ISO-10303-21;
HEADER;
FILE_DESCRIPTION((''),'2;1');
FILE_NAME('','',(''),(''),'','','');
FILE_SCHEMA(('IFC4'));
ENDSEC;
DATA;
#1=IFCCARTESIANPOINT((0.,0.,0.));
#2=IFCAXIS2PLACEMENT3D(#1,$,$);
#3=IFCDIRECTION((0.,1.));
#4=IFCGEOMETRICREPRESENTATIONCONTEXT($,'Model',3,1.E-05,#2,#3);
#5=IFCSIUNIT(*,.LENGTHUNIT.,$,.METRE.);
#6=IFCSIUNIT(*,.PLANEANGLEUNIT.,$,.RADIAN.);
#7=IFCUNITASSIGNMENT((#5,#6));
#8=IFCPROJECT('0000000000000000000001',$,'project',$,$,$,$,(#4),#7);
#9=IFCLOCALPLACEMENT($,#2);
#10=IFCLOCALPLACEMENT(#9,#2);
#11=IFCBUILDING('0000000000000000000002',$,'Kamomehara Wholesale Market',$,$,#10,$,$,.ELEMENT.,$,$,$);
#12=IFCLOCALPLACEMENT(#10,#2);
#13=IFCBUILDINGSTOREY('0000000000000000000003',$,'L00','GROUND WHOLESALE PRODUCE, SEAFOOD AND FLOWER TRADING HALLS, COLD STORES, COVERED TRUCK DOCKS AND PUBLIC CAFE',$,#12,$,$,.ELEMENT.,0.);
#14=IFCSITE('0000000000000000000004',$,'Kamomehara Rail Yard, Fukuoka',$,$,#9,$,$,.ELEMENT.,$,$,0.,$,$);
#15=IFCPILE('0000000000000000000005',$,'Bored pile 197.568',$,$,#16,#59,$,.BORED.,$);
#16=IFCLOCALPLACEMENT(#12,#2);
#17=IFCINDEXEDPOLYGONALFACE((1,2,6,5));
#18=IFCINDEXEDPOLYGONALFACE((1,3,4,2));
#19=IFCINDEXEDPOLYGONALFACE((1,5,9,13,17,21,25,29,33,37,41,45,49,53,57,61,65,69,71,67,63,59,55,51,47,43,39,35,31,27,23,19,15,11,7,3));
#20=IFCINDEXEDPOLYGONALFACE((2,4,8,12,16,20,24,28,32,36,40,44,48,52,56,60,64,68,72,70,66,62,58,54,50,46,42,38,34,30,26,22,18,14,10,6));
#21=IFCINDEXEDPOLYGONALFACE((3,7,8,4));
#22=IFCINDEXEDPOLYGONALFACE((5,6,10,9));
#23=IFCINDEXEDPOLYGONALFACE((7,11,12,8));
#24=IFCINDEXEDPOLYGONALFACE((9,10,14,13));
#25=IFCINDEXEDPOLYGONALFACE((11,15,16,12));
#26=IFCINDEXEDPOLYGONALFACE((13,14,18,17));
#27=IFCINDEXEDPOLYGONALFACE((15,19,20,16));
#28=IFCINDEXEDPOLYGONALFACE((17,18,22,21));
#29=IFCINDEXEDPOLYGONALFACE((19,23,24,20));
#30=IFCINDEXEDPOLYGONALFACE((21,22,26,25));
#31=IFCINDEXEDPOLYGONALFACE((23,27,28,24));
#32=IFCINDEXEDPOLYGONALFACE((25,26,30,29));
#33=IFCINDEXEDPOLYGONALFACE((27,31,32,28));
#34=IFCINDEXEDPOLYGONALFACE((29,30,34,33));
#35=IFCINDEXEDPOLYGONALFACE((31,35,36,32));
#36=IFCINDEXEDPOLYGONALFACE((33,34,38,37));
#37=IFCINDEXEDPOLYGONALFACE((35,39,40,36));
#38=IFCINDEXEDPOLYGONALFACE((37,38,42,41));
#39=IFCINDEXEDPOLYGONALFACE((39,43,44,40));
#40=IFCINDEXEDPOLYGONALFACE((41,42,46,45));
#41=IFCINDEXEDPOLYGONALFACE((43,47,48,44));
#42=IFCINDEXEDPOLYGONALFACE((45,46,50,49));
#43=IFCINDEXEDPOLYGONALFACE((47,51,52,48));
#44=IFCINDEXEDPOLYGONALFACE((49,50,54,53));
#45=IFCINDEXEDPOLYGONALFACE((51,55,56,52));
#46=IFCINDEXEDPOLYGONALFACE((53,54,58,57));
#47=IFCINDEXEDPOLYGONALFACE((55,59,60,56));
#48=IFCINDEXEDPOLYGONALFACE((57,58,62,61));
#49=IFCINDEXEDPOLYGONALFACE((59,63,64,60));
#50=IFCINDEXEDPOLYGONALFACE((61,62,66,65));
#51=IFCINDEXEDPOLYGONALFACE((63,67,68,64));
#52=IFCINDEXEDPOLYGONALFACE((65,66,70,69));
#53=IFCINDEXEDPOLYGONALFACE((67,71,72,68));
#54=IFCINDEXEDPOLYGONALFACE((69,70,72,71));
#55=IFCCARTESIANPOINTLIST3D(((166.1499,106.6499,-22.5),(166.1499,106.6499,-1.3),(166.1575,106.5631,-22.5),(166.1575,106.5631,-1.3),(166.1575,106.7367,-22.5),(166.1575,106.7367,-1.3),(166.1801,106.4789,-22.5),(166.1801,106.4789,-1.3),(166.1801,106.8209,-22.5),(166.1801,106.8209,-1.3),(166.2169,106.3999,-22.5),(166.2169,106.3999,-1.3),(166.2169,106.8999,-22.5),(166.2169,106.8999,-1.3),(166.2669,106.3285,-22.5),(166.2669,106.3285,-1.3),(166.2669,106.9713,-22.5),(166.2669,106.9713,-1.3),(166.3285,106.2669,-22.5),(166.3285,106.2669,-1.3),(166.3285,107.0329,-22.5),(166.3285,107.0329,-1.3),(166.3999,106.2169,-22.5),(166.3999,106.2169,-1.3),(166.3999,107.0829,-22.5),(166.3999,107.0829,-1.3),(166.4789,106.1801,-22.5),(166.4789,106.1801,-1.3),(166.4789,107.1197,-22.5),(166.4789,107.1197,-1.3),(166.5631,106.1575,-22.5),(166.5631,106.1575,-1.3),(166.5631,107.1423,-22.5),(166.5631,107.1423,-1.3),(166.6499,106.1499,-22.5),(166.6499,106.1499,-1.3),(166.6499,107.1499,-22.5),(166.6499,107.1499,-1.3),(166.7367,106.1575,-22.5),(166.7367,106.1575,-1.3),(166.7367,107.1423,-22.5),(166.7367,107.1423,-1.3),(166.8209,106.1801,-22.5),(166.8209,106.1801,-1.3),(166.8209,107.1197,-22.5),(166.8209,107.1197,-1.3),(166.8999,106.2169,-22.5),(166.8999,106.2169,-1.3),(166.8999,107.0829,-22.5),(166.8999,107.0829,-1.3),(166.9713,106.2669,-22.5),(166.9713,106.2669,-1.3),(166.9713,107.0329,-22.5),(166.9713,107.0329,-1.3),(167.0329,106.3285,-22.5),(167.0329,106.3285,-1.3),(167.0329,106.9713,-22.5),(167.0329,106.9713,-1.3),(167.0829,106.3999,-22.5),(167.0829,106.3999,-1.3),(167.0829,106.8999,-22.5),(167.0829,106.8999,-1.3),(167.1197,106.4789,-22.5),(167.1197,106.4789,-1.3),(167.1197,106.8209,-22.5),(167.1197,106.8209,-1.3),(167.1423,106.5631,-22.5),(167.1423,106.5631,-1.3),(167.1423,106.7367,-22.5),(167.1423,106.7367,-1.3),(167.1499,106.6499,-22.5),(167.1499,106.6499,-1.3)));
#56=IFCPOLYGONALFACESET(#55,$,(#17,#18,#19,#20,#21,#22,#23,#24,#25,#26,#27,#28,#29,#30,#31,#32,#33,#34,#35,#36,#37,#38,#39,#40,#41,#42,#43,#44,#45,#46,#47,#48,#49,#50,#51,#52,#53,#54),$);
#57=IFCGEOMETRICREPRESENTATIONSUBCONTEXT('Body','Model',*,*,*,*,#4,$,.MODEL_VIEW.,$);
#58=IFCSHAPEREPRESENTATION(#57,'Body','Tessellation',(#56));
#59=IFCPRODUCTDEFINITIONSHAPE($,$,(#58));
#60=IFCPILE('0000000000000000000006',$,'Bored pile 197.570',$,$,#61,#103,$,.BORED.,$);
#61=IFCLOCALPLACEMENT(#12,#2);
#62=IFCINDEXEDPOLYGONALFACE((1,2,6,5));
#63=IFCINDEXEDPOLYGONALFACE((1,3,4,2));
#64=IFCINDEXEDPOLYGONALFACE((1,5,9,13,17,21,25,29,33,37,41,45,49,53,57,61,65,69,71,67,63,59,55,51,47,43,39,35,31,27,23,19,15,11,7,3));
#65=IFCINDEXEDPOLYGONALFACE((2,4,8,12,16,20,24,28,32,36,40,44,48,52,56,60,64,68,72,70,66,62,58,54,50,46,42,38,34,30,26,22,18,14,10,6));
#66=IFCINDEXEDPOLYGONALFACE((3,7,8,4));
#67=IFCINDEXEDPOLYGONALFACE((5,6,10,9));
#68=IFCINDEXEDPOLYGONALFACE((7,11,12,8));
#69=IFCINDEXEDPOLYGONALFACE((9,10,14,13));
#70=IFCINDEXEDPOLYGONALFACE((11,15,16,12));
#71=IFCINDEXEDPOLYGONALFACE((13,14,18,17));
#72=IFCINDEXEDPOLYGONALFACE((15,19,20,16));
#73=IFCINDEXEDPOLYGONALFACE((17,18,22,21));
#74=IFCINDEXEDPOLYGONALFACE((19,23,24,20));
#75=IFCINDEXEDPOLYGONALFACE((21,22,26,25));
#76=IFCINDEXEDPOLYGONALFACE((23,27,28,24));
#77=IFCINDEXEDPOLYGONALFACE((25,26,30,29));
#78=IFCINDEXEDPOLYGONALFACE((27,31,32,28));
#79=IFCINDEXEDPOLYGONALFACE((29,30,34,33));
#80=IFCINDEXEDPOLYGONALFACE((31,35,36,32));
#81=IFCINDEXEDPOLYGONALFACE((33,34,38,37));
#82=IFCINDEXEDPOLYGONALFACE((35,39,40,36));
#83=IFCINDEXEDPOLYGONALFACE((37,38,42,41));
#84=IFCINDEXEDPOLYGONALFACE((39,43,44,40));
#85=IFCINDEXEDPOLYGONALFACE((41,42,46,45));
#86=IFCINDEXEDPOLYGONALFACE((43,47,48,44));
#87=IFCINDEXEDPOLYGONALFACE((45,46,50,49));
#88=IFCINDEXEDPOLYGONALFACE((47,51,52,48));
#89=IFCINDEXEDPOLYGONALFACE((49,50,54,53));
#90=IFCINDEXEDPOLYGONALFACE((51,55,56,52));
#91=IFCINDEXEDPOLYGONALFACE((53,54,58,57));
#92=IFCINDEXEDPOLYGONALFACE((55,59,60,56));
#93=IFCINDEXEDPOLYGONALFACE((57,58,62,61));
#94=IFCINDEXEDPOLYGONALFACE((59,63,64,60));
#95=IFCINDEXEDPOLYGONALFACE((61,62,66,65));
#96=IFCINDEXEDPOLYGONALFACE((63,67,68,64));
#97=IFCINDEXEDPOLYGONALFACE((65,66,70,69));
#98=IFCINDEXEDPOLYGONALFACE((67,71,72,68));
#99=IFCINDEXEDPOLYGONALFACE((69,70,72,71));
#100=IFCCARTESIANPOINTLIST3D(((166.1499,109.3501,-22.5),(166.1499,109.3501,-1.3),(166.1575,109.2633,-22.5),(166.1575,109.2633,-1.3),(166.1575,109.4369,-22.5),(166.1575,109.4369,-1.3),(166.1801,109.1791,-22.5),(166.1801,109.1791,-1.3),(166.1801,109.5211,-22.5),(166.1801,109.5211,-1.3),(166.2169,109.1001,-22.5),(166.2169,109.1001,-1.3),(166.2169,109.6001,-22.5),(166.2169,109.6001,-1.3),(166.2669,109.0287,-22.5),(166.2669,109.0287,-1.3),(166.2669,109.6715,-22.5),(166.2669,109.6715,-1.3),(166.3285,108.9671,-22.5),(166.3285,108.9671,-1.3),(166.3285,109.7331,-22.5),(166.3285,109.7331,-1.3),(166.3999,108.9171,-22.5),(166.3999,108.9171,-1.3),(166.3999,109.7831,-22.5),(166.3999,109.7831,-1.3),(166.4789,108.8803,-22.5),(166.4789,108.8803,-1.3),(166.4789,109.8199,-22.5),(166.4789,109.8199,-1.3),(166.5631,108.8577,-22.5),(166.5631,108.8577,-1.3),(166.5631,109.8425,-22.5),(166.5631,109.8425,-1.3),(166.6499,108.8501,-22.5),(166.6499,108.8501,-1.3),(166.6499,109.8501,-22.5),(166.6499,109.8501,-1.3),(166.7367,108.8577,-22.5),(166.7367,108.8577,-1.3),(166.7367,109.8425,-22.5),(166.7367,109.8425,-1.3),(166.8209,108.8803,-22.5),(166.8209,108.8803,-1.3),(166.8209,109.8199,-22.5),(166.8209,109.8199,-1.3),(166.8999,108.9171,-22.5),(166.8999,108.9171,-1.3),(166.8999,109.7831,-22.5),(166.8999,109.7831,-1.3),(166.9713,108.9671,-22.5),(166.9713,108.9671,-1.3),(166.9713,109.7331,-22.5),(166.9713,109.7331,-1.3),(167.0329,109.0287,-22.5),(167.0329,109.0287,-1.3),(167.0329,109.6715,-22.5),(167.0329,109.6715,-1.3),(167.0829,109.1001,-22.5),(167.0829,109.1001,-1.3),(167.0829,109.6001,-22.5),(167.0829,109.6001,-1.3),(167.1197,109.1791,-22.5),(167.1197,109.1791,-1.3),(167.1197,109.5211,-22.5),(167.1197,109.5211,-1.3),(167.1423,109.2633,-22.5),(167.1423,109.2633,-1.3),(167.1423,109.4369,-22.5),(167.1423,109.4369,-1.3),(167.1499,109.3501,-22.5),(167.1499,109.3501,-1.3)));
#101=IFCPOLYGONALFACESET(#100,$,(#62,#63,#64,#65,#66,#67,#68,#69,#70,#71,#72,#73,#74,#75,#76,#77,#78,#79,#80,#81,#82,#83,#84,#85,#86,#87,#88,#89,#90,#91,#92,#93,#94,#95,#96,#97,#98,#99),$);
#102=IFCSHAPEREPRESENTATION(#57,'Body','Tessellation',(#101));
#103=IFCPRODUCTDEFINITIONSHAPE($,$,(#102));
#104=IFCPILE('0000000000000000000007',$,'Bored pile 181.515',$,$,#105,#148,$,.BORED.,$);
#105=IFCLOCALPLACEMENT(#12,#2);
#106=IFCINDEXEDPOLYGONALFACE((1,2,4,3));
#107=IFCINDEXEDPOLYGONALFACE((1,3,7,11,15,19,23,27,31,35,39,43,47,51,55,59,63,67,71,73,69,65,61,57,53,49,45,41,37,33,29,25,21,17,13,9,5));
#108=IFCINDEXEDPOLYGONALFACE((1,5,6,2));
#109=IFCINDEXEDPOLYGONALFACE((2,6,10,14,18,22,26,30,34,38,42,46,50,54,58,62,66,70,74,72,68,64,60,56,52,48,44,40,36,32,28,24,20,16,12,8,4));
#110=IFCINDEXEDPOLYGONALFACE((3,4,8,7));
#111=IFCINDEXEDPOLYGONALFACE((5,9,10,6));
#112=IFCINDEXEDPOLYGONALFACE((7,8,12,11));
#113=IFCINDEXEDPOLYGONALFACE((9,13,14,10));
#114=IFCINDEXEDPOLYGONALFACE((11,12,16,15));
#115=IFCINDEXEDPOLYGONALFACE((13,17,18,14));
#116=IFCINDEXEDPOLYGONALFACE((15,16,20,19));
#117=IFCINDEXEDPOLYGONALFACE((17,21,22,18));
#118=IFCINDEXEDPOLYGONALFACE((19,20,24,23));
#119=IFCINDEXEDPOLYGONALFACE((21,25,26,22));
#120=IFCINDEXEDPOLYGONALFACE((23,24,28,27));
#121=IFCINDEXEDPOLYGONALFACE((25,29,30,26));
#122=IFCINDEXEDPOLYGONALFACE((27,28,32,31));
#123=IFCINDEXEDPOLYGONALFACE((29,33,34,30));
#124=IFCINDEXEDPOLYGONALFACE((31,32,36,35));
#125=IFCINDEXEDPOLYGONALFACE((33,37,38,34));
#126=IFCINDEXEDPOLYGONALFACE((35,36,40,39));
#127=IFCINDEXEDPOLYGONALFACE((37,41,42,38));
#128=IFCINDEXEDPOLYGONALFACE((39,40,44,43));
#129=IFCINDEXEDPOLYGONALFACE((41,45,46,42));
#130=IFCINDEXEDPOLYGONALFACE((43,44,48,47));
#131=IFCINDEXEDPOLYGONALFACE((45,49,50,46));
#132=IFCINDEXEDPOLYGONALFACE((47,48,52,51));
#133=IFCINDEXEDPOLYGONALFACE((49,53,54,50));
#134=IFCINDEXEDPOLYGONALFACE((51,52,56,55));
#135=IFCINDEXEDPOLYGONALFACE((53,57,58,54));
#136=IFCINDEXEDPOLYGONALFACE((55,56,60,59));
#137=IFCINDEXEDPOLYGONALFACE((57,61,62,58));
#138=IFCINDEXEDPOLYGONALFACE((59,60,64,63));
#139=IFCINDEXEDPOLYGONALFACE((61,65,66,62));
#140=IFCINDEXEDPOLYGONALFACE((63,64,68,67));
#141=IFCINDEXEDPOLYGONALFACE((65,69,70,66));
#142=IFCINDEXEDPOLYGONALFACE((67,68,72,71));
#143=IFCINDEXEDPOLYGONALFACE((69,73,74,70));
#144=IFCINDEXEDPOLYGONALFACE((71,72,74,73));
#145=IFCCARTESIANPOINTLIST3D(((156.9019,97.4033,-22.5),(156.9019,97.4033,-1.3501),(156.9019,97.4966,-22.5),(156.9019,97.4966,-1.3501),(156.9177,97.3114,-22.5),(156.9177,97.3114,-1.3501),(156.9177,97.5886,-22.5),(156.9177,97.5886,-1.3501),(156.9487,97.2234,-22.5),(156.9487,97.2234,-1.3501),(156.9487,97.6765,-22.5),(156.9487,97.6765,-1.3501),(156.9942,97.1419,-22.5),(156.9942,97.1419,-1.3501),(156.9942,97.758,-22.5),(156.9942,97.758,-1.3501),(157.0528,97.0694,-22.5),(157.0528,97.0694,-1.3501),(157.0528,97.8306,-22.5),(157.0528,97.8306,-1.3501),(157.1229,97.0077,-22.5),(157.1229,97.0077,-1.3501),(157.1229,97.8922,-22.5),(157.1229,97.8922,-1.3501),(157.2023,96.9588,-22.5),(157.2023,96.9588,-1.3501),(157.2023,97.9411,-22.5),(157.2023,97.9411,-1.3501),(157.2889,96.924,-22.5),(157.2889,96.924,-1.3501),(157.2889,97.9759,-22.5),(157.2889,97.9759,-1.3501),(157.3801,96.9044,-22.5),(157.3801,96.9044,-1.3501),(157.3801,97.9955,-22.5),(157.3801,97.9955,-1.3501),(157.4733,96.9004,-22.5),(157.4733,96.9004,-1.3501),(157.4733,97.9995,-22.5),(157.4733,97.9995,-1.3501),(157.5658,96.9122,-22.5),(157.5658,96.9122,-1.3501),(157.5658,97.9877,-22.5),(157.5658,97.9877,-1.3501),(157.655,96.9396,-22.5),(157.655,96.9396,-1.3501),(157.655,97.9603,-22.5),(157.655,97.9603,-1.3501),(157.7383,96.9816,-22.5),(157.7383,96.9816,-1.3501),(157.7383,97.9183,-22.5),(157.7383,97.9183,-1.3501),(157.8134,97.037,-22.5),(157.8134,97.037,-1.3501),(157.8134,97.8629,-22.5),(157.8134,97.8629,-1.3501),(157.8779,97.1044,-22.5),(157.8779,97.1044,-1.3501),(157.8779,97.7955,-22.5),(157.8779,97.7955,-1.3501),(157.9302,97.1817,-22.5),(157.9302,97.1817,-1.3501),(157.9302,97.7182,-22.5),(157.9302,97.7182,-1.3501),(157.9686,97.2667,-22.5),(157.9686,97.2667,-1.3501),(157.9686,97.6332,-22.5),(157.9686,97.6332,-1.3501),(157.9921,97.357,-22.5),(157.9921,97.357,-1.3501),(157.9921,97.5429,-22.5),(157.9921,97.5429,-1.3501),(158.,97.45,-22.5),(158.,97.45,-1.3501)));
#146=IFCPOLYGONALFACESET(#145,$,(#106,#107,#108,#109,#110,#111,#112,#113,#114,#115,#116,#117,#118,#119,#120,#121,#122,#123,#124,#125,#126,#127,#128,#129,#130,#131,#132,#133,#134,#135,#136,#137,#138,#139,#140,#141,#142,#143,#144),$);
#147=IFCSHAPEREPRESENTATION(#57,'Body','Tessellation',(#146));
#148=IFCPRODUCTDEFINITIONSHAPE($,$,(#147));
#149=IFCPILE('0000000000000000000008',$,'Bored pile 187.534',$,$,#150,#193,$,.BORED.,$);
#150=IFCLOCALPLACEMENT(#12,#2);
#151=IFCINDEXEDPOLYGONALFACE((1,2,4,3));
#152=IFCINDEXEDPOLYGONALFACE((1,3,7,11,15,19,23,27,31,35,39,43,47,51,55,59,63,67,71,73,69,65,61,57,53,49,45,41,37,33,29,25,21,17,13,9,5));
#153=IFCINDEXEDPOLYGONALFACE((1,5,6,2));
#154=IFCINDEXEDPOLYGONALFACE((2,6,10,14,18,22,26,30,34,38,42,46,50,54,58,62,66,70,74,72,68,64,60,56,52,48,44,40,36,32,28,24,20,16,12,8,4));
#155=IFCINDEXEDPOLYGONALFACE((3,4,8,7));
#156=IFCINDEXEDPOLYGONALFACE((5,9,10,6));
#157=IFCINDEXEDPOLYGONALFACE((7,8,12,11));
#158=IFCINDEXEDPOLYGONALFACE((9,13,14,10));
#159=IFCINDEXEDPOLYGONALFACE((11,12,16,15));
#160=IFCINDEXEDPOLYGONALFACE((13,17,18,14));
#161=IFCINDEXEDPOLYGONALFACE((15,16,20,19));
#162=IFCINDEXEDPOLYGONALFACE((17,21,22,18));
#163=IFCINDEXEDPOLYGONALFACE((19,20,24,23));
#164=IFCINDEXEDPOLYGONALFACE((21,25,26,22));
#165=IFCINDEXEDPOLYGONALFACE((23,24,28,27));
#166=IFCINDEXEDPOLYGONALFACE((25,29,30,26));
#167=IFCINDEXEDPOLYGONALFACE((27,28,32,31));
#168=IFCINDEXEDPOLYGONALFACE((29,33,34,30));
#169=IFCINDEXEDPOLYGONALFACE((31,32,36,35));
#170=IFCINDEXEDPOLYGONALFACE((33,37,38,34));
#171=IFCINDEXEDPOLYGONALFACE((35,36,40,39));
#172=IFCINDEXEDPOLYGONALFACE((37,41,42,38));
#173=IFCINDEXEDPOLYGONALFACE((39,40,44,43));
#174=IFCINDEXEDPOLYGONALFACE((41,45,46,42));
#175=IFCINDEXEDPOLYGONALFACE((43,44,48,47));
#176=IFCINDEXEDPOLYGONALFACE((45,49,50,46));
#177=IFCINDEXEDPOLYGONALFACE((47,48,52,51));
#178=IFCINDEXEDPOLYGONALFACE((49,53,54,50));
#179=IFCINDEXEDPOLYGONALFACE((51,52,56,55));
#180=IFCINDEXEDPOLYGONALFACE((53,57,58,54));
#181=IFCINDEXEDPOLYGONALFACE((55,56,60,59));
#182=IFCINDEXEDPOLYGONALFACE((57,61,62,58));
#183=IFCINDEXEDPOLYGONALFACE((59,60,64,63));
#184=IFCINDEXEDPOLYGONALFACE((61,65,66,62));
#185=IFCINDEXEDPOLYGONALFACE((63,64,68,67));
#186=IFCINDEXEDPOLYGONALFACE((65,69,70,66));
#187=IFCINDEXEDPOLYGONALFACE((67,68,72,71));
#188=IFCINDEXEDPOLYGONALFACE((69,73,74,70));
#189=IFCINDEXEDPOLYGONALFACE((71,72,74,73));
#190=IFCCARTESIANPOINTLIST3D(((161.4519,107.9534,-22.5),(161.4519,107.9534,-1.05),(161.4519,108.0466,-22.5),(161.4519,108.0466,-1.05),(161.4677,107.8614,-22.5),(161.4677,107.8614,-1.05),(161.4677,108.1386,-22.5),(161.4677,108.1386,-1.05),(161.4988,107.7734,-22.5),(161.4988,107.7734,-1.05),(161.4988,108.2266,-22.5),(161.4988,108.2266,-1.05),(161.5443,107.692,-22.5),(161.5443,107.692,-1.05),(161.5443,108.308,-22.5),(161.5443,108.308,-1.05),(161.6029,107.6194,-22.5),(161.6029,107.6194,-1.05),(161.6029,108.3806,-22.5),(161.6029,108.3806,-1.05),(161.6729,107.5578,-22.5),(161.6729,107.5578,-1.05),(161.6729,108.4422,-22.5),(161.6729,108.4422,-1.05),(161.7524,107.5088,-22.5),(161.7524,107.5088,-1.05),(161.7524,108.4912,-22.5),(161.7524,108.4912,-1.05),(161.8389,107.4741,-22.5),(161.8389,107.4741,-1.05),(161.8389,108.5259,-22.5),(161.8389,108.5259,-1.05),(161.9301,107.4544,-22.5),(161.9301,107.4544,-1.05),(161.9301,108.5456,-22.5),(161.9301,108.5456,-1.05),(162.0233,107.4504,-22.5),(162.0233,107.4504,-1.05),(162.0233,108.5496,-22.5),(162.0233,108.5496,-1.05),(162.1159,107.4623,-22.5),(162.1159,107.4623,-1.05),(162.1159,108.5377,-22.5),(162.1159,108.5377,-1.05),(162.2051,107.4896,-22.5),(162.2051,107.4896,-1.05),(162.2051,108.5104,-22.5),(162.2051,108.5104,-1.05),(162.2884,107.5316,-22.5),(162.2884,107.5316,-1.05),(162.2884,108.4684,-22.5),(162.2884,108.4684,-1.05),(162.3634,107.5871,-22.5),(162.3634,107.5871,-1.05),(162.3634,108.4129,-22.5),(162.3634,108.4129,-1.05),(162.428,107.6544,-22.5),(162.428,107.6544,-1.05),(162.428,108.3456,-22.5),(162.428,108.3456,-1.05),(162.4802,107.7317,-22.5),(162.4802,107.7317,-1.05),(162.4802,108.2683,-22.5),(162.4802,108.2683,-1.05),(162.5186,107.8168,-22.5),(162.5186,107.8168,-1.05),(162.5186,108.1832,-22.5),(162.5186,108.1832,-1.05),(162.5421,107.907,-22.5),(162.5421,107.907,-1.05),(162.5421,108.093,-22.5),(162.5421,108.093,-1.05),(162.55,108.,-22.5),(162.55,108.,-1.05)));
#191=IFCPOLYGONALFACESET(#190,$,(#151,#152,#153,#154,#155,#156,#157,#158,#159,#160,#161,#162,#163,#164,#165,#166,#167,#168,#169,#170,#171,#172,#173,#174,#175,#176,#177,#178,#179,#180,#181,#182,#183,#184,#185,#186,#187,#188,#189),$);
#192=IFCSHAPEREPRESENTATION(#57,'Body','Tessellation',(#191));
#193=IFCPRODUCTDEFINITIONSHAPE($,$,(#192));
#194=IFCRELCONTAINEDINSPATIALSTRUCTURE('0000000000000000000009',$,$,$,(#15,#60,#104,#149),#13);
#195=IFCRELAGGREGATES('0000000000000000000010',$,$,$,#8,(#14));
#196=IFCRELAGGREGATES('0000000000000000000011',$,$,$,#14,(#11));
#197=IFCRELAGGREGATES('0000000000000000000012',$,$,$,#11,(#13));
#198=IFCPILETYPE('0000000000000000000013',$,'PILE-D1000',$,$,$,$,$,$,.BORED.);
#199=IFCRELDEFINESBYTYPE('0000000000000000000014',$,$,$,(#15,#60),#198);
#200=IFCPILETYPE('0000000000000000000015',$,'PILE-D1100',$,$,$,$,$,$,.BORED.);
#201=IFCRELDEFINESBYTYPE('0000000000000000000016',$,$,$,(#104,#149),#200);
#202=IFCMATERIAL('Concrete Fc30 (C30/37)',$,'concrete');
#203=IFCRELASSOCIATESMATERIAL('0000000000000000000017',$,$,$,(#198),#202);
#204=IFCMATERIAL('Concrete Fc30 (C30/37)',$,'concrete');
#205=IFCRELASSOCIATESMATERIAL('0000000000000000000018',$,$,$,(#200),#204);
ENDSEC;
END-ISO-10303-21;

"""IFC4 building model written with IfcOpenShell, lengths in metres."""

from ifc_helpers import new_model, si_unit, direction, frame, origin, origin_2d, place, context, subcontext, project, spatial, circle, extrude, material, material_profile, profile_set, type_object, element, save


model = new_model("IFC4")

# Units and contexts
model_context = context("Model", 3, precision=1e-05, world=origin(), true_north=direction((0.0, 1.0)))
body_context = subcontext(model_context, "Body", "Model", "MODEL_VIEW")
ifc_project = project(units=[si_unit("LENGTHUNIT", "METRE"), si_unit("PLANEANGLEUNIT", "RADIAN")], contexts=[model_context])

# Site, building, storey
site_placement = place(None, origin())
site = spatial("IfcSite", under=ifc_project, at=site_placement, Name="Kamomehara Rail Yard, Fukuoka", CompositionType="ELEMENT", RefElevation=0.0)
building_placement = place(site_placement, origin())
building = spatial("IfcBuilding", under=site, at=building_placement, Name="Kamomehara Wholesale Market", CompositionType="ELEMENT")
storey_placement = place(building_placement, origin())
storey = spatial("IfcBuildingStorey", under=building, at=storey_placement, Name="L00", Description="GROUND WHOLESALE PRODUCE, SEAFOOD AND FLOWER TRADING HALLS, COLD STORES, COVERED TRUCK DOCKS AND PUBLIC CAFE", CompositionType="ELEMENT", Elevation=0.0)

# Piles
ifc_material_1 = material(Name="Concrete Fc30 (C30/37)", Category="concrete")
ifc_material_profile_1 = material_profile(ifc_material_1, circle(Radius=0.5, at=origin_2d()), Name="RC-PILE-D1000")
ifc_profile_set_1 = profile_set([ifc_material_profile_1], Name="Concrete Fc30 (C30/37)")
pile_type_1 = type_object("IfcPileType", Name="PILE-D1000", PredefinedType="BORED", material=ifc_profile_set_1)
for number, where, z_axis, x_axis, name in (
    (1, (166.6499, 106.6499, -1.3), (0.0, 0.0, -1.0), (1.0, 0.0, 0.0), "Bored pile 197.568"),
    (2, (166.6499, 109.3501, -1.3), (0.0, 0.0, -1.0), (1.0, 0.0, 0.0), "Bored pile 197.570"),
):
    element("IfcPile", number, at=place(storey_placement, frame(where, z_axis=z_axis, x_axis=x_axis)), inside=storey, type_object=pile_type_1, Name=name, PredefinedType="BORED", context=body_context, shape_type="SweptSolid", body=[
        extrude(circle(Radius=0.5, at=origin_2d()), origin(), (0.0, 0.0, 1.0), 21.2),
    ])
ifc_material_2 = material(Name="Concrete Fc30 (C30/37)", Category="concrete")
ifc_material_profile_2 = material_profile(ifc_material_2, circle(Radius=0.55, at=origin_2d()), Name="RC-PILE-D1100")
ifc_profile_set_2 = profile_set([ifc_material_profile_2], Name="Concrete Fc30 (C30/37)")
pile_type_2 = type_object("IfcPileType", Name="PILE-D1100", PredefinedType="BORED", material=ifc_profile_set_2)
pile_1_placement = place(storey_placement, frame((157.45, 97.45, -1.3501), z_axis=(0.0, 0.0, -1.0), x_axis=(1.0, 0.0, 0.0)))
element("IfcPile", 3, at=pile_1_placement, inside=storey, type_object=pile_type_2, Name="Bored pile 181.515", PredefinedType="BORED", context=body_context, shape_type="SweptSolid", body=[
    extrude(circle(Radius=0.55, at=origin_2d()), origin(), (0.0, 0.0, 1.0), 21.1499),
])
pile_2_placement = place(storey_placement, frame((162.0, 108.0, -1.05), z_axis=(0.0, 0.0, -1.0), x_axis=(1.0, 0.0, 0.0)))
element("IfcPile", 4, at=pile_2_placement, inside=storey, type_object=pile_type_2, Name="Bored pile 187.534", PredefinedType="BORED", context=body_context, shape_type="SweptSolid", body=[
    extrude(circle(Radius=0.55, at=origin_2d()), origin(), (0.0, 0.0, 1.0), 21.45),
])

save(model, "model.ifc")
